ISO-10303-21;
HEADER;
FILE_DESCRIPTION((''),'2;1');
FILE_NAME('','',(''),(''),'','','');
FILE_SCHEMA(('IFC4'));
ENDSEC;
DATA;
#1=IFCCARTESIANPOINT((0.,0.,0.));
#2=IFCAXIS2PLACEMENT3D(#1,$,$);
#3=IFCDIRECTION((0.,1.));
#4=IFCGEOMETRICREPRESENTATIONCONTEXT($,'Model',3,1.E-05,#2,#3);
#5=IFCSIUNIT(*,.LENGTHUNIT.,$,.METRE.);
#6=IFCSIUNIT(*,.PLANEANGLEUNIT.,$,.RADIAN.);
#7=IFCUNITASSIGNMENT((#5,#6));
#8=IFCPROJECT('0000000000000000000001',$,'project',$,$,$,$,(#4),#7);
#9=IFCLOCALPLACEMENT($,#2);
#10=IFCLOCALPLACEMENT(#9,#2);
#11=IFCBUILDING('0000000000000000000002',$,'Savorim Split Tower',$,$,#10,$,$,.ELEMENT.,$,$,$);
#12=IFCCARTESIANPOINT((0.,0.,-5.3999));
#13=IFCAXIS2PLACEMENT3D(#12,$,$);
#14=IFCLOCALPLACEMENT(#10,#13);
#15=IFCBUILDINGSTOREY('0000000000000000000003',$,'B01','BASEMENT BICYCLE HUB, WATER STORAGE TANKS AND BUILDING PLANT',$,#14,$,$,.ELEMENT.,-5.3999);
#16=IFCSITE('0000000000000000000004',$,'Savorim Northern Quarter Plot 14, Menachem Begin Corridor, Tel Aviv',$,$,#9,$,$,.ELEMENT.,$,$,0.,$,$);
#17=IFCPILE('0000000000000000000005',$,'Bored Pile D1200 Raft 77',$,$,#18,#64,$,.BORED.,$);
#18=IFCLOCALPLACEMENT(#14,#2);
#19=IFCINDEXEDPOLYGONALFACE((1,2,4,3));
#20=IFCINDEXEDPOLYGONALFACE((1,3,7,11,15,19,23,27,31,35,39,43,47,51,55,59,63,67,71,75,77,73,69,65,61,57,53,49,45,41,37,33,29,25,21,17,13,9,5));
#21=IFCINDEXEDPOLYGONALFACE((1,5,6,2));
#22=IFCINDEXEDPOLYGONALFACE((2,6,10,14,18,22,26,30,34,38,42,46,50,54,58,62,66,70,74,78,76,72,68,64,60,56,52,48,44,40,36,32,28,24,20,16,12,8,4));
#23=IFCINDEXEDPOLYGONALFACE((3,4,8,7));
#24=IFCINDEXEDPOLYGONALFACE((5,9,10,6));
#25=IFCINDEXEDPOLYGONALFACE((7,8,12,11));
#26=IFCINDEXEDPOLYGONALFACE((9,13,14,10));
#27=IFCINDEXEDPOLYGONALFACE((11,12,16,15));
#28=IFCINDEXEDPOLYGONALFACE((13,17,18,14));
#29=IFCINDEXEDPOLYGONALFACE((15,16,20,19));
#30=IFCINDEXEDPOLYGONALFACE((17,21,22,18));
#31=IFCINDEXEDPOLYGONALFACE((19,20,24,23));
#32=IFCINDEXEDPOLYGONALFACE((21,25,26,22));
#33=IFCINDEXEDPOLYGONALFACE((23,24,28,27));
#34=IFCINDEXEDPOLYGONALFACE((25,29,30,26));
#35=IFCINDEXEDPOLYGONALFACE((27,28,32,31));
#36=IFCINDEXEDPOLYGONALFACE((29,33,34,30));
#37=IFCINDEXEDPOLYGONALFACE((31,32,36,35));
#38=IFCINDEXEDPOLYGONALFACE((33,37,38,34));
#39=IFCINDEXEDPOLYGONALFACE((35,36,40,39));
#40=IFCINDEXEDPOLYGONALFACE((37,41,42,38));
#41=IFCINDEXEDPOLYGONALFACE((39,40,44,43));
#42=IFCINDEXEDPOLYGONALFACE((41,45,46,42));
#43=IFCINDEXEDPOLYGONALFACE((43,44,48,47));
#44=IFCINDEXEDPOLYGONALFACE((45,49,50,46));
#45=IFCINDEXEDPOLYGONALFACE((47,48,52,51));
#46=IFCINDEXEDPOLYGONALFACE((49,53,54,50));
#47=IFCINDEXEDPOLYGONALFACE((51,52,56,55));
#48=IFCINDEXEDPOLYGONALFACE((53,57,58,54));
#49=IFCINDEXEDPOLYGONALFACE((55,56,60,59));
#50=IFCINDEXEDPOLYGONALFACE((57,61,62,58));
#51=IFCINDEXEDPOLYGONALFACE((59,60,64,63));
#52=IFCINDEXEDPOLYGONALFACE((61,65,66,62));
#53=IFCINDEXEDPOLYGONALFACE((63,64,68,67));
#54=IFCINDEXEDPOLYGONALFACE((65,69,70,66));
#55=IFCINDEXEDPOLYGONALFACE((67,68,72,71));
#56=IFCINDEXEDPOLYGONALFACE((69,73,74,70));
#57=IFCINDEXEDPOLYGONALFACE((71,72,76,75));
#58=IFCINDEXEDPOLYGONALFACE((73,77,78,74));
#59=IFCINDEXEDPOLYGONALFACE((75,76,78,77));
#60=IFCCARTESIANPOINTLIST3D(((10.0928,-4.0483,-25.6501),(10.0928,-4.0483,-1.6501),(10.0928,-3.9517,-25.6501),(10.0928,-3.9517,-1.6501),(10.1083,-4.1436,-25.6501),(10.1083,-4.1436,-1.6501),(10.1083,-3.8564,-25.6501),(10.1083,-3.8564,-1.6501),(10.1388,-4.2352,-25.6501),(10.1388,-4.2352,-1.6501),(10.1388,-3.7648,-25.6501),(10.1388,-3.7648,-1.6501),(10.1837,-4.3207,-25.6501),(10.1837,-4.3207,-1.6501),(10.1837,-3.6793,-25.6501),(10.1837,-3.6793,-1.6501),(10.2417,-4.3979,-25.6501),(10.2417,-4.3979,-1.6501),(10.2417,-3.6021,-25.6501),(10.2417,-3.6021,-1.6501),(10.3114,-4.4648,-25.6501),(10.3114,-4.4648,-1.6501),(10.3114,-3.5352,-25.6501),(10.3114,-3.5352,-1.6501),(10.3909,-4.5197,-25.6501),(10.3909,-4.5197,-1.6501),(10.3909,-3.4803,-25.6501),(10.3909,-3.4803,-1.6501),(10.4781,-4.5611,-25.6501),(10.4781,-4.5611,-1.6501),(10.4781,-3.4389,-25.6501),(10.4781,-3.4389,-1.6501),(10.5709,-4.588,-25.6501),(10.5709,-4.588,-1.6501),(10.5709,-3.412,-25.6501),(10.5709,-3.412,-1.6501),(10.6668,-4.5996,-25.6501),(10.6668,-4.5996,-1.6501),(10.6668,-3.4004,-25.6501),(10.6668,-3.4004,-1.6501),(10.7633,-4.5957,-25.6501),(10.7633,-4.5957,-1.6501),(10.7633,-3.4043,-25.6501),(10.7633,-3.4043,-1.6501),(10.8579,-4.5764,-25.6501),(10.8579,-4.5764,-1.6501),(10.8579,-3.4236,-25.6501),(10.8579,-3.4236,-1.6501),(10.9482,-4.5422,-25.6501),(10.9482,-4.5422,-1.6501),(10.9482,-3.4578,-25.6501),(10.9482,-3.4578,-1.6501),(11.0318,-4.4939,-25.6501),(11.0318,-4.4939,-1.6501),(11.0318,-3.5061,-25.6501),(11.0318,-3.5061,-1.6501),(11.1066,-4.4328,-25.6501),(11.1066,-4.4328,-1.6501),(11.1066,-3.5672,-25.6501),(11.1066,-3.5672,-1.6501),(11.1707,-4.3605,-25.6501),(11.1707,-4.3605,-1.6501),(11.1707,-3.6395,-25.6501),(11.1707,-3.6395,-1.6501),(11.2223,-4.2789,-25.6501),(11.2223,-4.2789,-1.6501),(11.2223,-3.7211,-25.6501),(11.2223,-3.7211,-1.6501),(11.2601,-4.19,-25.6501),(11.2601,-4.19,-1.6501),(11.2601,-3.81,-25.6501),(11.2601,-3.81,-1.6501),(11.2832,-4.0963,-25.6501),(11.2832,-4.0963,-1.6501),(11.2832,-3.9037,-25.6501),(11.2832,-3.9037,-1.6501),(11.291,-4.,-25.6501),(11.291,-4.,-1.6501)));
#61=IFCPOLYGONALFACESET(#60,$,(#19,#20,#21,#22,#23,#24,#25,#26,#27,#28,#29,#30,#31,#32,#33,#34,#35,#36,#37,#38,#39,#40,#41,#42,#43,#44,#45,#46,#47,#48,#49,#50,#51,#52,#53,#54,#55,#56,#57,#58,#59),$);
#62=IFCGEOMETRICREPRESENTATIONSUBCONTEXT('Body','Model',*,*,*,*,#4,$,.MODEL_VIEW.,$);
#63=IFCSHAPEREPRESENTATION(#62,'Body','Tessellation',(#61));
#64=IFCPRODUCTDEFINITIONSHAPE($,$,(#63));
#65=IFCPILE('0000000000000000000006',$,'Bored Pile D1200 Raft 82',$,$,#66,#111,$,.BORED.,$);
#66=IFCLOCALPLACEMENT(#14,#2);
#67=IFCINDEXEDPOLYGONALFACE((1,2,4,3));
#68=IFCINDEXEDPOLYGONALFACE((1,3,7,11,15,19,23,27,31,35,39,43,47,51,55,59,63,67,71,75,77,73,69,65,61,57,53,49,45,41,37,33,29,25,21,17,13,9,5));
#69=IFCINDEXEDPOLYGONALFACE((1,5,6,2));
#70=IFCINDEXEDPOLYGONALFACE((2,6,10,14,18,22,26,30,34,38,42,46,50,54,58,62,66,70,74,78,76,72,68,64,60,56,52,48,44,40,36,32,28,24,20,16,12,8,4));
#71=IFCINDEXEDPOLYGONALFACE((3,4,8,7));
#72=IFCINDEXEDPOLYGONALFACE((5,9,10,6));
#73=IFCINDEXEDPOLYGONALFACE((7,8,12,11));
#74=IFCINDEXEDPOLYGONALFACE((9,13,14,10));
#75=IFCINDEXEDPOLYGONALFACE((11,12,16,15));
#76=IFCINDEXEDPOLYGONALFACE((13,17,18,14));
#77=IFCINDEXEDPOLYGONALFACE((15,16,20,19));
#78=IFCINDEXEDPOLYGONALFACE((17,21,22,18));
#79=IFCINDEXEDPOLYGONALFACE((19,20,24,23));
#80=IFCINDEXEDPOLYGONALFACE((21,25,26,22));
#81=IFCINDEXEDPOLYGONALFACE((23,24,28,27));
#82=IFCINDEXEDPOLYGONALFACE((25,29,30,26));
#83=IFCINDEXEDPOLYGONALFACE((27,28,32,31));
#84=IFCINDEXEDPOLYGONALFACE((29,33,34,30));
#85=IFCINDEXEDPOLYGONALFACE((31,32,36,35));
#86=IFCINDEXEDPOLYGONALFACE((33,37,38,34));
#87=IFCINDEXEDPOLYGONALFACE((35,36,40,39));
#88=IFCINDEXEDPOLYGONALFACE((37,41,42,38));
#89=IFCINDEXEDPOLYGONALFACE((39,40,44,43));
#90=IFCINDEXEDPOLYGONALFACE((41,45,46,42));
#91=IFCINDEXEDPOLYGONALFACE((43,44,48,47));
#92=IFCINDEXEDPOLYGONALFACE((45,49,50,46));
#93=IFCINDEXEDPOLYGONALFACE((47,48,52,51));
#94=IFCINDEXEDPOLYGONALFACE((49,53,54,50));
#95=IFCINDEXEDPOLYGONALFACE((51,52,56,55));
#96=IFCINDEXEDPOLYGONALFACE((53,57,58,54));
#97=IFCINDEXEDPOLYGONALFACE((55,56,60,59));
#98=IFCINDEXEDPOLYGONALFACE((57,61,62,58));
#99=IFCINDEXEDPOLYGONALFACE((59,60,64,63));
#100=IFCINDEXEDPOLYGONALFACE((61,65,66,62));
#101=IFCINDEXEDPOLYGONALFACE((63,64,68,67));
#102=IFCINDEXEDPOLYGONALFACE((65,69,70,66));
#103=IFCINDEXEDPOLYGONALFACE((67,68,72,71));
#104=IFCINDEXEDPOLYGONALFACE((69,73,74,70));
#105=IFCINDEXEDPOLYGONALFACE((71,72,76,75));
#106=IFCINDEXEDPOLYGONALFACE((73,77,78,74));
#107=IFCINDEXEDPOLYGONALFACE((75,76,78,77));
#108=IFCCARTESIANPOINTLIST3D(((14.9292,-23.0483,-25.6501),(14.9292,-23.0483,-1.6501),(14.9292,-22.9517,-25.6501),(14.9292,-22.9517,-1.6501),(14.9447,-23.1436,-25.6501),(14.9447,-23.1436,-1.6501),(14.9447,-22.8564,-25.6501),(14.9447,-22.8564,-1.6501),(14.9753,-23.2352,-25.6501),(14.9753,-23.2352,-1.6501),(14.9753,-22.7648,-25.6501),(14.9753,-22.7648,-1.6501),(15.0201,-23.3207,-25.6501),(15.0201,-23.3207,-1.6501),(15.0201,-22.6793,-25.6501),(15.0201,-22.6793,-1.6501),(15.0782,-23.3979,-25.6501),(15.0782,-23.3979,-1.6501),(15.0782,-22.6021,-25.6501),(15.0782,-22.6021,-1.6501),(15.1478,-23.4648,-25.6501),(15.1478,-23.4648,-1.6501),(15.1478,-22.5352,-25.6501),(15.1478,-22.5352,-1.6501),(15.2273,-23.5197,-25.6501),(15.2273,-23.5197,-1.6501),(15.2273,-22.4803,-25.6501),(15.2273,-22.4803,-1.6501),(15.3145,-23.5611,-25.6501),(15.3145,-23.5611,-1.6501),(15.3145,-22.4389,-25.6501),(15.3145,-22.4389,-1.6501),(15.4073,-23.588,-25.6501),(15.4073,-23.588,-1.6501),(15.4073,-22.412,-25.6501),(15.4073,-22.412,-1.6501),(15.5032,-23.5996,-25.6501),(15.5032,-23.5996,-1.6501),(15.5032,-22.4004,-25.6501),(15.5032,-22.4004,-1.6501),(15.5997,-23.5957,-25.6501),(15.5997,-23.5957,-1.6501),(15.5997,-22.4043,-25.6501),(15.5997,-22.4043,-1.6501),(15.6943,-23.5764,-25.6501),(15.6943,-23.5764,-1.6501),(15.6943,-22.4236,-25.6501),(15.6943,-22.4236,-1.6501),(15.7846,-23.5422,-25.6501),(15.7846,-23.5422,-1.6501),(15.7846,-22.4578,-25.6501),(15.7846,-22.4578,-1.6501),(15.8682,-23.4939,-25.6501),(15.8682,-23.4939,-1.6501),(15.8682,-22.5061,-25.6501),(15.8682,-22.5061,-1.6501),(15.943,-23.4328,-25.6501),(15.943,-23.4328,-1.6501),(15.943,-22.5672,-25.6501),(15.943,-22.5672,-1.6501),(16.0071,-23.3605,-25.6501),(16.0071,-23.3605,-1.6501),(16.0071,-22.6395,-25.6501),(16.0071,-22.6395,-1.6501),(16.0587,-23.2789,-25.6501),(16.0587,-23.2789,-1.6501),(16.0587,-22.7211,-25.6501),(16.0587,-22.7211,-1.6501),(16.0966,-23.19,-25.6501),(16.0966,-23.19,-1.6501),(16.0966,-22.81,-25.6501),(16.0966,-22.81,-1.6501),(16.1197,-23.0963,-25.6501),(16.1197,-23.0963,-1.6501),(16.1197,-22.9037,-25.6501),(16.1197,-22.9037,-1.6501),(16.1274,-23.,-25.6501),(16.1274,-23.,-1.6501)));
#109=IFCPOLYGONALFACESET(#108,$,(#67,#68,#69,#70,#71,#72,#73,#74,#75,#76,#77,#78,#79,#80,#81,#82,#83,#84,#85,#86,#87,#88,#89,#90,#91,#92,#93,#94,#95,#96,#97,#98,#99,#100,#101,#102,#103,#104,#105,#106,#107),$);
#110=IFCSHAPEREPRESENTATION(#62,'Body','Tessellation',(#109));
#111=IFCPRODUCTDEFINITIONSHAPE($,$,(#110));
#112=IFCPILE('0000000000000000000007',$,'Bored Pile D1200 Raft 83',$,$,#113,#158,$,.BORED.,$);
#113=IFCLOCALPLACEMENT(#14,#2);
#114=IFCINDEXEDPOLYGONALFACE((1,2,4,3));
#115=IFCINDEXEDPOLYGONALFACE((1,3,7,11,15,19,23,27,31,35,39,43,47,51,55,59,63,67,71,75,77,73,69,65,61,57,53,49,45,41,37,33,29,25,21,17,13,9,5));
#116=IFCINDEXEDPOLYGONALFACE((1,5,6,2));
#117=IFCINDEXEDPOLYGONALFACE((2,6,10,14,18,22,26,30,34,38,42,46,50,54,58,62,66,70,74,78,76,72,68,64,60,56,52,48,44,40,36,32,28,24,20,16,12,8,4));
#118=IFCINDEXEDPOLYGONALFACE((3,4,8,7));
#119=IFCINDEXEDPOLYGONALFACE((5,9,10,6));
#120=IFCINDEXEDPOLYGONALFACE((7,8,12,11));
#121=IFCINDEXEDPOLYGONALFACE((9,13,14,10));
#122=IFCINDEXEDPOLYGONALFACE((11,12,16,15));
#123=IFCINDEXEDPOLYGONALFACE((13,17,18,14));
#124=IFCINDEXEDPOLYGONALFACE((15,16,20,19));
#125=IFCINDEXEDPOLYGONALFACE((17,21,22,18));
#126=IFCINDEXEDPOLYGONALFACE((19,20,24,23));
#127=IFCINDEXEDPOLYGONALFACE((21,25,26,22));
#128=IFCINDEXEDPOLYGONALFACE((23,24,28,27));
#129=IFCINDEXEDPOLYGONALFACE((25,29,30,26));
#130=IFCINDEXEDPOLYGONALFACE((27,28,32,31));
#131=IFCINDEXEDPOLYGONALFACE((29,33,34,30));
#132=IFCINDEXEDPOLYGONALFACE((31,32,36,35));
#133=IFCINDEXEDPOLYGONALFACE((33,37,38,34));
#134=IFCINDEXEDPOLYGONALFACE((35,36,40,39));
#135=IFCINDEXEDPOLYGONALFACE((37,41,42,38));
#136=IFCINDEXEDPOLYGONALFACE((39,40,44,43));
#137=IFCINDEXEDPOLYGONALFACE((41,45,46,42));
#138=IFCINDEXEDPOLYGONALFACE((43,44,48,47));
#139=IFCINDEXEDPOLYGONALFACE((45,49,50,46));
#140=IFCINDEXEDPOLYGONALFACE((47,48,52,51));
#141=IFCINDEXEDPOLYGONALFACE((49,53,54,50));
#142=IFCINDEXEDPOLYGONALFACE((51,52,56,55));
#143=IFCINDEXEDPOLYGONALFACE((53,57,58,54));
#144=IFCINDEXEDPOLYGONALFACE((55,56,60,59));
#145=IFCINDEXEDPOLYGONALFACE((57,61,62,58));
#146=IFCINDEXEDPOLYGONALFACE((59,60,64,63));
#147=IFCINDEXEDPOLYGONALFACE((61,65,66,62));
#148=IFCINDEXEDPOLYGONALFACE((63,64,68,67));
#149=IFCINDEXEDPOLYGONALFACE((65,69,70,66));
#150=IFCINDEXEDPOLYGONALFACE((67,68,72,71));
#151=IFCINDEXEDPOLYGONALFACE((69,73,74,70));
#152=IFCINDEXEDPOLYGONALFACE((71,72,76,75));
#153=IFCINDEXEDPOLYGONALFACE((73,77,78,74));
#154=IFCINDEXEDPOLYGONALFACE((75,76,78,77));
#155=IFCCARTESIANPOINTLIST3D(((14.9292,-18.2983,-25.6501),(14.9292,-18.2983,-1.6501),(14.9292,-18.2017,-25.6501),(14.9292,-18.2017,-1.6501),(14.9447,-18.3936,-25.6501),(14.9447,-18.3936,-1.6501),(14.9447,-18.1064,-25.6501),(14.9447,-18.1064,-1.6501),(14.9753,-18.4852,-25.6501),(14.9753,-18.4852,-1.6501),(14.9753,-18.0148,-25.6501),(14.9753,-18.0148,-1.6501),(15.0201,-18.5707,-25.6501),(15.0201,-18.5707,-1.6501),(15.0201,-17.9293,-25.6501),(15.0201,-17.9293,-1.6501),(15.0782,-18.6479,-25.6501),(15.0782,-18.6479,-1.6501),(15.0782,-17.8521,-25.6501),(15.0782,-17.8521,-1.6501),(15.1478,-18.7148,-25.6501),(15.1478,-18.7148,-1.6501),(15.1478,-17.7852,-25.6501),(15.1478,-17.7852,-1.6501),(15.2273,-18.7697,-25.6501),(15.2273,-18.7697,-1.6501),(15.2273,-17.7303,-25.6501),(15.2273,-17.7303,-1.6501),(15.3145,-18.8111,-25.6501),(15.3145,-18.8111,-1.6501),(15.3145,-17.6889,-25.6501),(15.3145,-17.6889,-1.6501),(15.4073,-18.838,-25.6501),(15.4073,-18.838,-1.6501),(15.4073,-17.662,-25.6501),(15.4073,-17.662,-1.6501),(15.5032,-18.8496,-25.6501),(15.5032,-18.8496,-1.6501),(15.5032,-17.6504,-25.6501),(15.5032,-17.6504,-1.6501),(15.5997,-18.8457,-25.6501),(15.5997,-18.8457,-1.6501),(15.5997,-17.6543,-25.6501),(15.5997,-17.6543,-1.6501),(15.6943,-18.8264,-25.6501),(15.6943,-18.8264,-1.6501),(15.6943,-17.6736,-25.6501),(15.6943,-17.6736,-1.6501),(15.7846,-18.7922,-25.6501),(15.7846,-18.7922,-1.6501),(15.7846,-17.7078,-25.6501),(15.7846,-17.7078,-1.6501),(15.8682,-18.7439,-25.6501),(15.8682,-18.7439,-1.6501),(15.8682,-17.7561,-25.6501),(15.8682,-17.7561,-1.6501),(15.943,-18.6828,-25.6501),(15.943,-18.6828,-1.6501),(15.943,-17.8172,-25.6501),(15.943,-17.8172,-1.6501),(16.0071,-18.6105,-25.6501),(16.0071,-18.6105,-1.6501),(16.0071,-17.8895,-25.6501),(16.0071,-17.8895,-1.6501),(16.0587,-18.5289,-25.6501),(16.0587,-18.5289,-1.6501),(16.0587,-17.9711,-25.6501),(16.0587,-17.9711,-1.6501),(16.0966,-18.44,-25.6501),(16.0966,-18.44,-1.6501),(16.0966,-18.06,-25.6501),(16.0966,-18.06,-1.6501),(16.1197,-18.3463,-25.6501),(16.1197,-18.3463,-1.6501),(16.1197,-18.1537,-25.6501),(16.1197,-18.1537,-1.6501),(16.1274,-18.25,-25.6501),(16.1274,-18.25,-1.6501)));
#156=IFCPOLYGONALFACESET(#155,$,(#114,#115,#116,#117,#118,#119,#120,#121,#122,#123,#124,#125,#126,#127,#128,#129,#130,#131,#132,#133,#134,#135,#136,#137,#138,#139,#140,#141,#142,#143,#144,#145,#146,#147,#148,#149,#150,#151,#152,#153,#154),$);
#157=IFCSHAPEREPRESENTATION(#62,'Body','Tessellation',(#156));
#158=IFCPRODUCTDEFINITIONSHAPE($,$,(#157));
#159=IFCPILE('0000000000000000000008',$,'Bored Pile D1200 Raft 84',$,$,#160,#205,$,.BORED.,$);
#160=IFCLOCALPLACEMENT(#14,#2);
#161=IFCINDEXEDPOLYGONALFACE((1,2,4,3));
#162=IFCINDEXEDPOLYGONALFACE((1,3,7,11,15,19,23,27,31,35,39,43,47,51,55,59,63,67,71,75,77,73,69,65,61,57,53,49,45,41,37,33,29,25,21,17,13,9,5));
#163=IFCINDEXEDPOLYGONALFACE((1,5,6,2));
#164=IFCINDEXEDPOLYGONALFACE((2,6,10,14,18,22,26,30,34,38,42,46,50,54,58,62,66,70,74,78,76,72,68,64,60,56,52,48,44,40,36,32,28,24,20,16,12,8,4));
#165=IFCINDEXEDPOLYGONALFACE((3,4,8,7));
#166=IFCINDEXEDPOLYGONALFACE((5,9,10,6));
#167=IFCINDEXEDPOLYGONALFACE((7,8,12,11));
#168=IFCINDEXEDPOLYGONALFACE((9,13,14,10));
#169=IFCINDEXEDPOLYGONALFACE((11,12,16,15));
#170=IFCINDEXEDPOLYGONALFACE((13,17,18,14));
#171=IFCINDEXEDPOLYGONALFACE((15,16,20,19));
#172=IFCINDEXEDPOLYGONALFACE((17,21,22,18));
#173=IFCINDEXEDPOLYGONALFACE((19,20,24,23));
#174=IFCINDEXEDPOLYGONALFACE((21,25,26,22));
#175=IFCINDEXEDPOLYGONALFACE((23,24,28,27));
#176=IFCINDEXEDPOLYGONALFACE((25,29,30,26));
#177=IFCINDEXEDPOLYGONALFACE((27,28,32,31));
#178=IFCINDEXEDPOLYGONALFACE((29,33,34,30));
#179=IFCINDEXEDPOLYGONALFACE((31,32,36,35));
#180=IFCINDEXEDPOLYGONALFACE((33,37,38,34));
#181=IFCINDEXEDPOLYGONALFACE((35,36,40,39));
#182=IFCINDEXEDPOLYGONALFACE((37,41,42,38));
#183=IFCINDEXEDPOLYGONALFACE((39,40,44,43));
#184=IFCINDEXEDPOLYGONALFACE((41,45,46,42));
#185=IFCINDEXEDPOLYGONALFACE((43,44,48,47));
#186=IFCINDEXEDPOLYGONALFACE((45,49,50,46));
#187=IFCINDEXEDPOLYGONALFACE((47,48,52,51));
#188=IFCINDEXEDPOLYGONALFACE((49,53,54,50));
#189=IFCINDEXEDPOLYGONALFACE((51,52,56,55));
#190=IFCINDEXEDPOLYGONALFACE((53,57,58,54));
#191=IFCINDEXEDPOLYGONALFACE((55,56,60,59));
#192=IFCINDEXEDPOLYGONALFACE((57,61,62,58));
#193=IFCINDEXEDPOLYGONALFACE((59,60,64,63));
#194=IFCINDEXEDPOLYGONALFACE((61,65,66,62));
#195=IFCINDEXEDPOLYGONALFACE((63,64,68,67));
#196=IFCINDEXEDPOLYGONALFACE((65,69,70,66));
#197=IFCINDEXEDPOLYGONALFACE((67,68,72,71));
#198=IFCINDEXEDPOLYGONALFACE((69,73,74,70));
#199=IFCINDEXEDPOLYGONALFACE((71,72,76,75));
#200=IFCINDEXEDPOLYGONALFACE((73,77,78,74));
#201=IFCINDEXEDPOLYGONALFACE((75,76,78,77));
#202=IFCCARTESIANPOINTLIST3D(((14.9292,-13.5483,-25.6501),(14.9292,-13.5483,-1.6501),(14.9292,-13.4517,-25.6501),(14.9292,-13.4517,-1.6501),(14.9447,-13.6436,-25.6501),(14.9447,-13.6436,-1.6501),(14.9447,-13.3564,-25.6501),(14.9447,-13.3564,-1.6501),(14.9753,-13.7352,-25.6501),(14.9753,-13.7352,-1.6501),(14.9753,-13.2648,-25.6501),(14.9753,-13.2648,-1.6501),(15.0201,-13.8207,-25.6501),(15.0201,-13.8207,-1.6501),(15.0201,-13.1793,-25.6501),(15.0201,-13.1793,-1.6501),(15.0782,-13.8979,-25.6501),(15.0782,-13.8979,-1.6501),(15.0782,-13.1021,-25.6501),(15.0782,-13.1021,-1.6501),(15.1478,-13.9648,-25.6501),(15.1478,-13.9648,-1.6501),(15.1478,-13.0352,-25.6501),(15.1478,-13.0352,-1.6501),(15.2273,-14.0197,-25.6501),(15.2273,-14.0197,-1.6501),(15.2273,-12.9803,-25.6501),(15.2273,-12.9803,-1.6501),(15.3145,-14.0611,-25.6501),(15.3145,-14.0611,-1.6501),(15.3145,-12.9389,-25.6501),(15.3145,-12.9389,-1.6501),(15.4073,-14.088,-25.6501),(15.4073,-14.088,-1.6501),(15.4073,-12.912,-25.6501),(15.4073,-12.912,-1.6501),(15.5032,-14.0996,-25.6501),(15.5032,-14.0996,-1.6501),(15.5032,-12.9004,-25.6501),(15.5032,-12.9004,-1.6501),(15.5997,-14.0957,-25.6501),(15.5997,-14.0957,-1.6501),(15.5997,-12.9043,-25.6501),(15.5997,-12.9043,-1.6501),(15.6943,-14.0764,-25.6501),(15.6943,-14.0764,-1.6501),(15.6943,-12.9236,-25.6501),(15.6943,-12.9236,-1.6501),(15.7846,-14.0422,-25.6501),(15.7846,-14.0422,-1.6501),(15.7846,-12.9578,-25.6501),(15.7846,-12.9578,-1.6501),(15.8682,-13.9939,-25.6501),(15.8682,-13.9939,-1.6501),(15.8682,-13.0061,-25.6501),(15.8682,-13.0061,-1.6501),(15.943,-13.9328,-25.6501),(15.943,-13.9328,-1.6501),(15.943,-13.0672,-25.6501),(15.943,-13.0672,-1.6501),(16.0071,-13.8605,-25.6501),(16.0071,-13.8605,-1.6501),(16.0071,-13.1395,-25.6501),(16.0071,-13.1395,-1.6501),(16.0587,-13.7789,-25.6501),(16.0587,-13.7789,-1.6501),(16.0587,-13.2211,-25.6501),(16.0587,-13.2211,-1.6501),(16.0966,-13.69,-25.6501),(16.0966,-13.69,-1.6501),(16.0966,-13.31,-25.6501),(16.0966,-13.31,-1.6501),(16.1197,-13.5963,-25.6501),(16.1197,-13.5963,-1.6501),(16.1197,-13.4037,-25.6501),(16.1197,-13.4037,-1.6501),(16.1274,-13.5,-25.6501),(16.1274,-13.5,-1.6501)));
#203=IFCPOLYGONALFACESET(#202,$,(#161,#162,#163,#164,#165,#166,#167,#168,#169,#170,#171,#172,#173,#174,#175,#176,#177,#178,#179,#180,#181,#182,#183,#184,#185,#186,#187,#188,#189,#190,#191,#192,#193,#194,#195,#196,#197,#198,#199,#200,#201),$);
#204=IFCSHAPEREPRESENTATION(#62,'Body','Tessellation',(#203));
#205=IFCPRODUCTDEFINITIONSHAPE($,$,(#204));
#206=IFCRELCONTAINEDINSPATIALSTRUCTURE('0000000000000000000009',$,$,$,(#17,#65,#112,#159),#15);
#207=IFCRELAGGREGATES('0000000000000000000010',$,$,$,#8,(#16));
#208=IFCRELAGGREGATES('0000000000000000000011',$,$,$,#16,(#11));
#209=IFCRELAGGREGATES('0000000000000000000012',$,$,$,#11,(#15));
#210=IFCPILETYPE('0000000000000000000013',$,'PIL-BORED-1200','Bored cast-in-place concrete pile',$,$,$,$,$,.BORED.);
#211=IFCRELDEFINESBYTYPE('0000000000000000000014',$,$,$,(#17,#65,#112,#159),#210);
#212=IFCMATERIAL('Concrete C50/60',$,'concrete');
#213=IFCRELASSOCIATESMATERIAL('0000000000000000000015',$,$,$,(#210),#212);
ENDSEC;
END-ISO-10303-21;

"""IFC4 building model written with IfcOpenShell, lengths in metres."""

from ifc_helpers import new_model, si_unit, direction, frame, origin, origin_2d, place, context, subcontext, project, spatial, circle, extrude, material, material_profile, profile_set, type_object, element, save


model = new_model("IFC4")

# Units and contexts
model_context = context("Model", 3, precision=1e-05, world=origin(), true_north=direction((0.0, 1.0)))
body_context = subcontext(model_context, "Body", "Model", "MODEL_VIEW")
ifc_project = project(units=[si_unit("LENGTHUNIT", "METRE"), si_unit("PLANEANGLEUNIT", "RADIAN")], contexts=[model_context])

# Site, building, storey
site_placement = place(None, origin())
site = spatial("IfcSite", under=ifc_project, at=site_placement, Name="Savorim Northern Quarter Plot 14, Menachem Begin Corridor, Tel Aviv", CompositionType="ELEMENT", RefElevation=0.0)
building_placement = place(site_placement, origin())
building = spatial("IfcBuilding", under=site, at=building_placement, Name="Savorim Split Tower", CompositionType="ELEMENT")
storey_placement = place(building_placement, frame((0.0, 0.0, -5.3999)))
storey = spatial("IfcBuildingStorey", under=building, at=storey_placement, Name="B01", Description="BASEMENT BICYCLE HUB, WATER STORAGE TANKS AND BUILDING PLANT", CompositionType="ELEMENT", Elevation=-5.3999)

# Piles
ifc_material_1 = material(Name="Concrete C50/60", Category="concrete")
ifc_material_profile_1 = material_profile(ifc_material_1, circle(Radius=0.6001, at=origin_2d()), Name="PILE D1200")
ifc_profile_set_1 = profile_set([ifc_material_profile_1], Name="Concrete C50/60")
pile_type = type_object("IfcPileType", Name="PIL-BORED-1200", Description="Bored cast-in-place concrete pile", PredefinedType="BORED", material=ifc_profile_set_1)
for number, where, z_axis, x_axis, name in (
    (1, (10.6909, -4.0, -1.6501), (0.0, 0.0, -1.0), (1.0, 0.0, 0.0), "Bored Pile D1200 Raft 77"),
    (2, (15.5273, -23.0, -1.6501), (0.0, 0.0, -1.0), (1.0, 0.0, 0.0), "Bored Pile D1200 Raft 82"),
    (3, (15.5273, -18.25, -1.6501), (0.0, 0.0, -1.0), (1.0, 0.0, 0.0), "Bored Pile D1200 Raft 83"),
    (4, (15.5273, -13.5, -1.6501), (0.0, 0.0, -1.0), (1.0, 0.0, 0.0), "Bored Pile D1200 Raft 84"),
):
    element("IfcPile", number, at=place(storey_placement, frame(where, z_axis=z_axis, x_axis=x_axis)), inside=storey, type_object=pile_type, Name=name, PredefinedType="BORED", context=body_context, shape_type="SweptSolid", body=[
        extrude(circle(Radius=0.6001, at=origin_2d()), origin(), (0.0, 0.0, 1.0), 24.0),
    ])

save(model, "model.ifc")
